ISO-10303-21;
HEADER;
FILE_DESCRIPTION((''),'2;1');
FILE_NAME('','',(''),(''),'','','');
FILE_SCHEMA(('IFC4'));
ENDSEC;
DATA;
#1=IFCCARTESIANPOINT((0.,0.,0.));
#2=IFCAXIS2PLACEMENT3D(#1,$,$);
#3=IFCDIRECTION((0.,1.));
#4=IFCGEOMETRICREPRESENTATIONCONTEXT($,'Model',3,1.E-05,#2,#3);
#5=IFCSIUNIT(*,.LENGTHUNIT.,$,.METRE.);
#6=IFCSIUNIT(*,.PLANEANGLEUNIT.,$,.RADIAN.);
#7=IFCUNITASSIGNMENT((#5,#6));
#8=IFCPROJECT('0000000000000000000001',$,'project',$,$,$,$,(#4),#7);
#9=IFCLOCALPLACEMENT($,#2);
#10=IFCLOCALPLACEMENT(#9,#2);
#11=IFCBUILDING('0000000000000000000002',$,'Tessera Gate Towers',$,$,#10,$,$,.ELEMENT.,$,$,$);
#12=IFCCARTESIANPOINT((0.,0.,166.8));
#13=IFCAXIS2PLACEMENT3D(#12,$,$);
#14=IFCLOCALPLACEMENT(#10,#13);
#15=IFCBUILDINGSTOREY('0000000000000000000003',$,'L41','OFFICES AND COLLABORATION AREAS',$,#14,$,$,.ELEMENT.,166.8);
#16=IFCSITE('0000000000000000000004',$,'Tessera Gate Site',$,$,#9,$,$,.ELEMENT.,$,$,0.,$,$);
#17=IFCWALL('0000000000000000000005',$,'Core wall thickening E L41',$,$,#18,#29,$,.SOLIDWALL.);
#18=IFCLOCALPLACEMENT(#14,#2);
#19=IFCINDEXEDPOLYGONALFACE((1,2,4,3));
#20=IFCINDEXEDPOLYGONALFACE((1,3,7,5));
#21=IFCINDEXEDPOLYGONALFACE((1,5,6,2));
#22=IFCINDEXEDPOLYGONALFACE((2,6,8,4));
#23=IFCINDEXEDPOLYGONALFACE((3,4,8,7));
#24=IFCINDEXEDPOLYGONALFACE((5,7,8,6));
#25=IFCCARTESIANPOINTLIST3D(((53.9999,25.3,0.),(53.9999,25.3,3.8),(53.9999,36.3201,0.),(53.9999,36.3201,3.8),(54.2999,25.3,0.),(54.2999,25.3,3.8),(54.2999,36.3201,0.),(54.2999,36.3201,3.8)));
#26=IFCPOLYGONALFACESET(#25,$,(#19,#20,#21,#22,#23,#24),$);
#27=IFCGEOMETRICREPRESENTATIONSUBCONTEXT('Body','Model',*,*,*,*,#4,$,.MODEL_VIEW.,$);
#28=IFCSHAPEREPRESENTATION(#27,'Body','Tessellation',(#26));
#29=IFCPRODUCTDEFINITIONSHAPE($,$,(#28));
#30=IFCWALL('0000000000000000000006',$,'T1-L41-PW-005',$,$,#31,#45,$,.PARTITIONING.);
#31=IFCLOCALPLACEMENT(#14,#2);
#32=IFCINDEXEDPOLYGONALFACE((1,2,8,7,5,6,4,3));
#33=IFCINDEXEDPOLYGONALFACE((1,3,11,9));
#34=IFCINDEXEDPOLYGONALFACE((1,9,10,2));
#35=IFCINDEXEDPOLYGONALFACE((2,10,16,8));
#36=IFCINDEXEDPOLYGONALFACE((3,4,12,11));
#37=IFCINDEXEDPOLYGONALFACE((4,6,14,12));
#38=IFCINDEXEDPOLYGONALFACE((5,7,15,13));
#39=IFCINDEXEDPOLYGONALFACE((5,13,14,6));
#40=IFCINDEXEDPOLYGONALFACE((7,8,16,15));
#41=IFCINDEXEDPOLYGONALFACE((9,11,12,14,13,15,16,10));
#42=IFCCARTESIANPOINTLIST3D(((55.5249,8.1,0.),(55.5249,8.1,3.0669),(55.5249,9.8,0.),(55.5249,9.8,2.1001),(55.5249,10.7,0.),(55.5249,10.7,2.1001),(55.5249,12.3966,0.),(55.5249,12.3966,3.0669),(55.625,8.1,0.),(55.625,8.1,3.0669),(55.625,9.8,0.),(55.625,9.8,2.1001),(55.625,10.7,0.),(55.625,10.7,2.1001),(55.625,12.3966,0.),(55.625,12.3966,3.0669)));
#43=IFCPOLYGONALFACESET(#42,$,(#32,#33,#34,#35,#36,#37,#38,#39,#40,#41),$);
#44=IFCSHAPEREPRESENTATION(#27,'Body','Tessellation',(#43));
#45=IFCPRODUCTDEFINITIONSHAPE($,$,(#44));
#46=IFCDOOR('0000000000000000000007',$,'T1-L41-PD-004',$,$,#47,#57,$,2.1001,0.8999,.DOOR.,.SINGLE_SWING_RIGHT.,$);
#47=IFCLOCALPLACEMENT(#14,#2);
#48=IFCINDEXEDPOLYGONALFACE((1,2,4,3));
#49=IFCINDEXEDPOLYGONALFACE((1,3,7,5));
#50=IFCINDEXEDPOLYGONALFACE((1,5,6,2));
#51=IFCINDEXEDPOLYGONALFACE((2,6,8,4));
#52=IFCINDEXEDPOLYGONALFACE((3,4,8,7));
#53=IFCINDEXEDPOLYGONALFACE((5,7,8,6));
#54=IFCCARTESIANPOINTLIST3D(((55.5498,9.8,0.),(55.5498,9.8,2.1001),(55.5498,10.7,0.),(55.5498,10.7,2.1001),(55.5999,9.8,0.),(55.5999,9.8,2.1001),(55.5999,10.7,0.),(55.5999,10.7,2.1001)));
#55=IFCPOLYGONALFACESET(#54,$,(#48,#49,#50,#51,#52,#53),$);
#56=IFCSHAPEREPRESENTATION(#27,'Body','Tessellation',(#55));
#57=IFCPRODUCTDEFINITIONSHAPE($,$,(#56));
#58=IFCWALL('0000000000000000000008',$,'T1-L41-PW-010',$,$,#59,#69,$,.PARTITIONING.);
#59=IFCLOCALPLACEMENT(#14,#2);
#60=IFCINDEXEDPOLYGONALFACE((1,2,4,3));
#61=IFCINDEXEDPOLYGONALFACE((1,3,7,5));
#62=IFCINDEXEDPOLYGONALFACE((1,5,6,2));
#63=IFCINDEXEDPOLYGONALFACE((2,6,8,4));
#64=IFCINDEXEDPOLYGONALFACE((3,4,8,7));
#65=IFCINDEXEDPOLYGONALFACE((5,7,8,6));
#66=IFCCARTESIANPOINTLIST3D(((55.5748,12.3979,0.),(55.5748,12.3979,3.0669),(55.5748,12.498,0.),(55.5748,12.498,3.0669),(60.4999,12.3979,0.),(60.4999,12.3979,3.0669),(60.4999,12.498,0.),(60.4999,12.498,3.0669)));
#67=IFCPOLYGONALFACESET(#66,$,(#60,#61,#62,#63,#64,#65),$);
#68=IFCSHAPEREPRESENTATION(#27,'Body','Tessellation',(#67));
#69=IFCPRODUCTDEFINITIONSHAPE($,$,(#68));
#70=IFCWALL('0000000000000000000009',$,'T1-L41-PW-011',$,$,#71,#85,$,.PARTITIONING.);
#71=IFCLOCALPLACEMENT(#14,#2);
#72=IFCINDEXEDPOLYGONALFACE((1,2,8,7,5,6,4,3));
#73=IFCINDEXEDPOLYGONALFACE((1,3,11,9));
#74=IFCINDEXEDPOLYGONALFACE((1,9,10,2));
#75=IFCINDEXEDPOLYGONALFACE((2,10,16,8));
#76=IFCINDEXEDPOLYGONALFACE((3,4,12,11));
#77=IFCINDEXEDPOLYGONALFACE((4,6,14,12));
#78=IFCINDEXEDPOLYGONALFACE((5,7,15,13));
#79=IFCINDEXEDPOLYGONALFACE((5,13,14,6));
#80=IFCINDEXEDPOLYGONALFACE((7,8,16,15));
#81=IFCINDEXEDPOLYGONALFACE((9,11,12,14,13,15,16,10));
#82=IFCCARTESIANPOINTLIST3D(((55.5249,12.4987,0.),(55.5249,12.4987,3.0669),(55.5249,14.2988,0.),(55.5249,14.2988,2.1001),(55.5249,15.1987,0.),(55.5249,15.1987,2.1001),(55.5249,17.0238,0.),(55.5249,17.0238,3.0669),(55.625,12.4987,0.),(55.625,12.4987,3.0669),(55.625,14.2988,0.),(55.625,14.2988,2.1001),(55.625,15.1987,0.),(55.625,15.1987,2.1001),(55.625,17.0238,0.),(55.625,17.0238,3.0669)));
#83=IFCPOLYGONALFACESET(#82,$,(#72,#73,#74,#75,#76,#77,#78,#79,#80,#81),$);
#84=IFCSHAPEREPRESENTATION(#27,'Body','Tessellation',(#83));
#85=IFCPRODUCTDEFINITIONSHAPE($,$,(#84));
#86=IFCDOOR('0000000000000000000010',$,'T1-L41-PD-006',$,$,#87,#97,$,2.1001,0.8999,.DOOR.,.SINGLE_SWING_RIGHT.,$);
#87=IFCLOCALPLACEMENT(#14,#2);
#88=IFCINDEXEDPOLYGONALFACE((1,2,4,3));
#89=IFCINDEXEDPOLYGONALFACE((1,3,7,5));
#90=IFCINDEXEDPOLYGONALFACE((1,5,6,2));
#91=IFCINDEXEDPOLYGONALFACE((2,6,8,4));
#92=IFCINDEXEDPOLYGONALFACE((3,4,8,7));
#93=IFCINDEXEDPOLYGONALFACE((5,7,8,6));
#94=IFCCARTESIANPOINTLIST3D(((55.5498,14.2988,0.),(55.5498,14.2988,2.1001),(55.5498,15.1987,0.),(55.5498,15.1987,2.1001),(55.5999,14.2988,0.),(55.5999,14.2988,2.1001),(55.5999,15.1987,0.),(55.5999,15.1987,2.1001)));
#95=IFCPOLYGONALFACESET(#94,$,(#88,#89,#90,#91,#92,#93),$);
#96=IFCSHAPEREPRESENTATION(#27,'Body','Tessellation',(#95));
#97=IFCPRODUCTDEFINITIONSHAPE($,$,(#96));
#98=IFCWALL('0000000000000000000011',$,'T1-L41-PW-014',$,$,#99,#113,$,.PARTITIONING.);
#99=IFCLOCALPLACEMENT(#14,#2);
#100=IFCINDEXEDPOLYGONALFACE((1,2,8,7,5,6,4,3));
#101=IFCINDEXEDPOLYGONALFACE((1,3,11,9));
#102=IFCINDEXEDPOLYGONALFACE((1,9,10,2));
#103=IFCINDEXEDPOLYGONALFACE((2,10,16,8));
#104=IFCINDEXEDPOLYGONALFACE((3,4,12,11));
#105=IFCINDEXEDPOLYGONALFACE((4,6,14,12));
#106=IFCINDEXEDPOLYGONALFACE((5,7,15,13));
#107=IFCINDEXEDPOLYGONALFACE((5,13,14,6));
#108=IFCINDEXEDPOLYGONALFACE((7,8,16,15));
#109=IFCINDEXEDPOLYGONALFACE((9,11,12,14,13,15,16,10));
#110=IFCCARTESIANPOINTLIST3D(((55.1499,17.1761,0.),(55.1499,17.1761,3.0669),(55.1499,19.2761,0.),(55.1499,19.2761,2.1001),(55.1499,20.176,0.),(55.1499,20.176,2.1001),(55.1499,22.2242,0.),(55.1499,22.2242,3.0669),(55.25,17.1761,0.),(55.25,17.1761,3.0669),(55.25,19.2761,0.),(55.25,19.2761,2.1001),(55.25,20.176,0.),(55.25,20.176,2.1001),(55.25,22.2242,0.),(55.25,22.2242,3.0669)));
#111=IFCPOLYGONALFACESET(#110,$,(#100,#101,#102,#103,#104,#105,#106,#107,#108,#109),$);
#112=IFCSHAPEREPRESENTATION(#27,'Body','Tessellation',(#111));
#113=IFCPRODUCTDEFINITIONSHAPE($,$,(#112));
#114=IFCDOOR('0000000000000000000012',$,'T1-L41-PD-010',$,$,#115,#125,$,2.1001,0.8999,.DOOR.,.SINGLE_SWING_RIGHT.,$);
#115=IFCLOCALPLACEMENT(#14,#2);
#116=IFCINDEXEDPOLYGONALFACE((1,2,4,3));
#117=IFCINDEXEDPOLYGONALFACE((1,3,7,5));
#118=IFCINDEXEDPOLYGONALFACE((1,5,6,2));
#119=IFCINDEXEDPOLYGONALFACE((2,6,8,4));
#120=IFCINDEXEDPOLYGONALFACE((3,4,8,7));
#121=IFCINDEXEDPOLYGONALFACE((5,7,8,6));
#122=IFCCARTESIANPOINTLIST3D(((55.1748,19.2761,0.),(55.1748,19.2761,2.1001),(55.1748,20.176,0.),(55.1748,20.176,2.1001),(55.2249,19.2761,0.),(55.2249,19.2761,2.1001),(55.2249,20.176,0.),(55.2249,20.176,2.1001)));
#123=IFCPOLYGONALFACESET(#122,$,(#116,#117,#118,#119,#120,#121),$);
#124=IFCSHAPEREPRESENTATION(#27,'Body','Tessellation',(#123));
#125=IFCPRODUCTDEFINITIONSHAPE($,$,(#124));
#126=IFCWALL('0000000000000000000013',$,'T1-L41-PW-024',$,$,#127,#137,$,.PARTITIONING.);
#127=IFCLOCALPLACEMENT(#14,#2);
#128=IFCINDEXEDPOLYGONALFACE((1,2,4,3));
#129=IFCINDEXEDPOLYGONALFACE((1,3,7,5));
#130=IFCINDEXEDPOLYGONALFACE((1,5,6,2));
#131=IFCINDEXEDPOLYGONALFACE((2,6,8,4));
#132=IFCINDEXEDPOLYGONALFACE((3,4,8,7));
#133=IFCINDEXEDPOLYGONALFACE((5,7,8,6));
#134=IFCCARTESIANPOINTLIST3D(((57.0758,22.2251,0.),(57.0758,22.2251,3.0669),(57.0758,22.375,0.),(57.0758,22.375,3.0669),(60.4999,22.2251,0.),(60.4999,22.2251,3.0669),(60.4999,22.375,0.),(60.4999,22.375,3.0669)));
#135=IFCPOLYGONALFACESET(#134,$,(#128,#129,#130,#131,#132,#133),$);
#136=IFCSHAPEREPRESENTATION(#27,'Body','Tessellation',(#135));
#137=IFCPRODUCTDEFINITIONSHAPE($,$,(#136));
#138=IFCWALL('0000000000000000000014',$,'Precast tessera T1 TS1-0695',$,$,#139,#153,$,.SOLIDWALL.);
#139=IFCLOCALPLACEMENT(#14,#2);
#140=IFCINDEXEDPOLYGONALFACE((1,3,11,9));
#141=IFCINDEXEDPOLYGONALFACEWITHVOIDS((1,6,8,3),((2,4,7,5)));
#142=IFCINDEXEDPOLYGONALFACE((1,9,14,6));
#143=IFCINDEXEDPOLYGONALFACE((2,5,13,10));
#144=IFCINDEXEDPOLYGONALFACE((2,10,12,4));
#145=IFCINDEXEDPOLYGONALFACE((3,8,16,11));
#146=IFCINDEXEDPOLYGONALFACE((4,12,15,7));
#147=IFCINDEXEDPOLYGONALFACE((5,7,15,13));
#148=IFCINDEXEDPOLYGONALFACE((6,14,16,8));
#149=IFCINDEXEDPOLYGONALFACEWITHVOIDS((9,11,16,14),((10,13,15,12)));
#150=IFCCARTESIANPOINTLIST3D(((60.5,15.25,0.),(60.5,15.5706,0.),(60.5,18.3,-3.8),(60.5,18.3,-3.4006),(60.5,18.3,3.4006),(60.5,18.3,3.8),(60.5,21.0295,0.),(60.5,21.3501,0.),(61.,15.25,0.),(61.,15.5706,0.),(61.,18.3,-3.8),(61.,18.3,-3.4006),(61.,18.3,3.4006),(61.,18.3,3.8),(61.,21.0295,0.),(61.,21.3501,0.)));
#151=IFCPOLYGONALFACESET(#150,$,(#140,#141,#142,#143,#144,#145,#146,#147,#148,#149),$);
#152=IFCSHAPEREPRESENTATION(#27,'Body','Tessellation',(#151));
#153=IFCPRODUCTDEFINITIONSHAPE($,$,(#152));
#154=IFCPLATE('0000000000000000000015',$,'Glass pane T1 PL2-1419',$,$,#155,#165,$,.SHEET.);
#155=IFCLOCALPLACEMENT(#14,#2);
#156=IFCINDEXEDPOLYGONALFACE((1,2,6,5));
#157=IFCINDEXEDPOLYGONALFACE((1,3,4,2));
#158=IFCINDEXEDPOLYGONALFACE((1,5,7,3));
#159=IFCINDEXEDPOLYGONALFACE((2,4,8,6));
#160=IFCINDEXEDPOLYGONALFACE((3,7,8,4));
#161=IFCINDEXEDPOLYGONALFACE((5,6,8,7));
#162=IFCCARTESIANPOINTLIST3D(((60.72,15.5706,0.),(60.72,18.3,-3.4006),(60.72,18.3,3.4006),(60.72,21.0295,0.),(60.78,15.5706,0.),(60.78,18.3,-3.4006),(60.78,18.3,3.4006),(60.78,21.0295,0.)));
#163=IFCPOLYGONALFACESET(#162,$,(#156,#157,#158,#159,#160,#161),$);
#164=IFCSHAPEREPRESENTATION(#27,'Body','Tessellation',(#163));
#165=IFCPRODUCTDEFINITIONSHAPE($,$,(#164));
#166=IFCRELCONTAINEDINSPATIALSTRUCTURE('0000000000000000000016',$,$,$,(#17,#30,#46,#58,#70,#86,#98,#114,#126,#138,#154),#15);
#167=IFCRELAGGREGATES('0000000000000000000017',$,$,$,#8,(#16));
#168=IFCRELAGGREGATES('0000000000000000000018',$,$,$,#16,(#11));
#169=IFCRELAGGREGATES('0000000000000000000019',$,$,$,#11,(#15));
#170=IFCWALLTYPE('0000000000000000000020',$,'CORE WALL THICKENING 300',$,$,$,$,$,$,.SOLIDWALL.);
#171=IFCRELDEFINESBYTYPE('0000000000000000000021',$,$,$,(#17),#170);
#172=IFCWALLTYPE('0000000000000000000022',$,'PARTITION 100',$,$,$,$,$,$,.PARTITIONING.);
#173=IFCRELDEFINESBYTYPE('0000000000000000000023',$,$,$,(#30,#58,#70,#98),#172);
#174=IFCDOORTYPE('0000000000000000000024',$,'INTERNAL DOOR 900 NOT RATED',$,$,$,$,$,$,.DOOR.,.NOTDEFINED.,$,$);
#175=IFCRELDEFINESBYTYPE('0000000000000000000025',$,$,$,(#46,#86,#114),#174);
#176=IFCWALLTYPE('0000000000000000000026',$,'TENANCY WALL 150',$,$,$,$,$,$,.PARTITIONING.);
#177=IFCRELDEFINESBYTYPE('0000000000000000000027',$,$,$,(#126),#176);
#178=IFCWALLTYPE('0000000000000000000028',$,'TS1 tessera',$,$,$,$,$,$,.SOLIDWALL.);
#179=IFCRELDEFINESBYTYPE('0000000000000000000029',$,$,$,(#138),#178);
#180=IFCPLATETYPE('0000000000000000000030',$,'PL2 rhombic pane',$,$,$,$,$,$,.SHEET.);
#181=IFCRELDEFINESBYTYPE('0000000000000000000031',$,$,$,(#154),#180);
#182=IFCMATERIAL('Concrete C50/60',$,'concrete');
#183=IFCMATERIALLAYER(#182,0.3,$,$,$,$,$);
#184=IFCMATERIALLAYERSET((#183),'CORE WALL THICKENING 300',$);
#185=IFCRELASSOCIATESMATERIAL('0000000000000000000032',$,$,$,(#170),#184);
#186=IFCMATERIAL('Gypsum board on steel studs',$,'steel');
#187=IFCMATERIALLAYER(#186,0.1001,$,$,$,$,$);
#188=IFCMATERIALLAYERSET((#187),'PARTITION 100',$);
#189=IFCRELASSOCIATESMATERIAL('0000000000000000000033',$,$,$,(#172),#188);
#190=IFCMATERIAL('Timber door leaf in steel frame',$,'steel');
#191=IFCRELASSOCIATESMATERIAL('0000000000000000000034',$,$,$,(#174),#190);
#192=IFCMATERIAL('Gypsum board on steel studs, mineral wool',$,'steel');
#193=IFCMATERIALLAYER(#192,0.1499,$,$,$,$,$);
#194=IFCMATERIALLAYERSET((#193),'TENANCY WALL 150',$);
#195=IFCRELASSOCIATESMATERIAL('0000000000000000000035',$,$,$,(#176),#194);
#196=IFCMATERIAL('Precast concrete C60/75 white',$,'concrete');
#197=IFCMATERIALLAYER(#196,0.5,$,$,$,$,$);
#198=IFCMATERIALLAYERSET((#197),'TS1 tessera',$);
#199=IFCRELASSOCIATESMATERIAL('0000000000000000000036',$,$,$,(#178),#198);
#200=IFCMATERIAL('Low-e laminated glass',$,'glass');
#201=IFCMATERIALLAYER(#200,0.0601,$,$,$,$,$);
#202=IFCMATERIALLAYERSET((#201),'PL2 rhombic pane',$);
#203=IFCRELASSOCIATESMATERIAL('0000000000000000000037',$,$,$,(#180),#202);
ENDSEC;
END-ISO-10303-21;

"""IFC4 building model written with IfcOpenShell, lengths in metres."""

from ifc_helpers import new_model, si_unit, direction, frame, frame_2d, origin, place, context, subcontext, project, spatial, polyline, rectangle, outline, extrude, source, transform, mapped, material, layer, layer_set, type_object, element, fill, save


model = new_model("IFC4")

# Units and contexts
model_context = context("Model", 3, precision=1e-05, world=origin(), true_north=direction((0.0, 1.0)))
body_context = subcontext(model_context, "Body", "Model", "MODEL_VIEW")
ifc_project = project(units=[si_unit("LENGTHUNIT", "METRE"), si_unit("PLANEANGLEUNIT", "RADIAN")], contexts=[model_context])

# Site, building, storey
site_placement = place(None, origin())
site = spatial("IfcSite", under=ifc_project, at=site_placement, Name="Tessera Gate Site", CompositionType="ELEMENT", RefElevation=0.0)
building_placement = place(site_placement, origin())
building = spatial("IfcBuilding", under=site, at=building_placement, Name="Tessera Gate Towers", CompositionType="ELEMENT")
storey_placement = place(building_placement, frame((0.0, 0.0, 166.8)))
storey = spatial("IfcBuildingStorey", under=building, at=storey_placement, Name="L41", Description="OFFICES AND COLLABORATION AREAS", CompositionType="ELEMENT", Elevation=166.8)

# Wall
ifc_material_1 = material(Name="Concrete C50/60", Category="concrete")
ifc_layer_1 = layer(ifc_material_1, 0.3)
ifc_layer_set_1 = layer_set([ifc_layer_1], Name="CORE WALL THICKENING 300")
wall_type_1 = type_object("IfcWallType", Name="CORE WALL THICKENING 300", PredefinedType="SOLIDWALL", material=ifc_layer_set_1)
wall_1_placement = place(storey_placement, frame((54.1499, 25.3, 0.0), z_axis=(0.0, 0.0, 1.0), x_axis=(0.0, 1.0, 0.0)))
element("IfcWall", 1, at=wall_1_placement, inside=storey, type_object=wall_type_1, Name="Core wall thickening E L41", PredefinedType="SOLIDWALL", context=body_context, shape_type="SweptSolid", body=[
    extrude(rectangle(XDim=11.02, YDim=0.3, at=frame_2d((5.51, 0.0))), origin(), (0.0, 0.0, 1.0), 3.8),
])

# Wall, opening, door
ifc_material_2 = material(Name="Gypsum board on steel studs", Category="steel")
ifc_layer_2 = layer(ifc_material_2, 0.1001)
ifc_layer_set_2 = layer_set([ifc_layer_2], Name="PARTITION 100")
wall_type_2 = type_object("IfcWallType", Name="PARTITION 100", PredefinedType="PARTITIONING", material=ifc_layer_set_2)
wall_2_placement = place(storey_placement, frame((55.575, 12.3967, 0.0), z_axis=(0.0, 0.0, 1.0), x_axis=(0.0, -1.0, 0.0)))
wall_2 = element("IfcWall", 2, at=wall_2_placement, inside=storey, type_object=wall_type_2, Name="T1-L41-PW-005", PredefinedType="PARTITIONING", context=body_context, shape_type="SweptSolid", body=[
    extrude(rectangle(XDim=4.2966, YDim=0.1001, at=frame_2d((2.1484, 0.0))), origin(), (0.0, 0.0, 1.0), 3.0669),
])
shared_shape_1 = source(origin(), body_context, "Body", "SweptSolid", [
    extrude(rectangle(XDim=0.8999, YDim=2.1001, at=frame_2d((0.45, 1.05))), frame((0.0, 0.0601, 0.0), z_axis=(0.0, -1.0, 0.0), x_axis=(1.0, 0.0, 0.0)), (0.0, 0.0, 1.0), 0.1201),
])
opening_1_placement = place(wall_2_placement, frame((1.6968, 0.0, 0.0)))
opening_1 = element("IfcOpeningElement", 3, at=opening_1_placement, cuts=wall_2, PredefinedType="OPENING", context=body_context, shape_type="MappedRepresentation", body=[
    mapped(shared_shape_1, transform((0.0, 0.0, 0.0), scale=1.0)),
])
ifc_material_3 = material(Name="Timber door leaf in steel frame", Category="steel")
door_type_1 = type_object("IfcDoorType", Name="INTERNAL DOOR 900 NOT RATED", OperationType="NOTDEFINED", PredefinedType="DOOR", material=ifc_material_3)
shared_shape_2 = source(origin(), body_context, "Body", "SweptSolid", [
    extrude(rectangle(XDim=0.8999, YDim=2.1001, at=frame_2d((0.45, 1.05))), frame((0.0, 0.0249, 0.0), z_axis=(0.0, -1.0, 0.0), x_axis=(1.0, 0.0, 0.0)), (0.0, 0.0, 1.0), 0.05),
])
door_1_placement = place(opening_1_placement, origin())
door_1 = element("IfcDoor", 4, at=door_1_placement, inside=storey, type_object=door_type_1, Name="T1-L41-PD-004", OperationType="SINGLE_SWING_RIGHT", OverallHeight=2.1001, OverallWidth=0.8999, PredefinedType="DOOR", context=body_context, shape_type="MappedRepresentation", body=[
    mapped(shared_shape_2, transform((0.0, 0.0, 0.0), scale=1.0)),
])
fill(opening_1, door_1)

# Wall
wall_3_placement = place(storey_placement, frame((55.575, 12.448, 0.0), z_axis=(0.0, 0.0, 1.0), x_axis=(1.0, 0.0, 0.0)))
element("IfcWall", 5, at=wall_3_placement, inside=storey, type_object=wall_type_2, Name="T1-L41-PW-010", PredefinedType="PARTITIONING", context=body_context, shape_type="SweptSolid", body=[
    extrude(rectangle(XDim=4.925, YDim=0.1001, at=frame_2d((2.4624, 0.0))), origin(), (0.0, 0.0, 1.0), 3.0669),
])

# Walls, openings, doors
wall_4_placement = place(storey_placement, frame((55.575, 17.0239, 0.0), z_axis=(0.0, 0.0, 1.0), x_axis=(0.0, -1.0, 0.0)))
wall_4 = element("IfcWall", 6, at=wall_4_placement, inside=storey, type_object=wall_type_2, Name="T1-L41-PW-011", PredefinedType="PARTITIONING", context=body_context, shape_type="SweptSolid", body=[
    extrude(rectangle(XDim=4.5251, YDim=0.1001, at=frame_2d((2.2627, 0.0))), origin(), (0.0, 0.0, 1.0), 3.0669),
])
opening_2_placement = place(wall_4_placement, frame((1.8252, 0.0, 0.0)))
opening_2 = element("IfcOpeningElement", 7, at=opening_2_placement, cuts=wall_4, PredefinedType="OPENING", context=body_context, shape_type="MappedRepresentation", body=[
    mapped(shared_shape_1, transform((0.0, 0.0, 0.0), scale=1.0)),
])
door_2_placement = place(opening_2_placement, origin())
door_2 = element("IfcDoor", 8, at=door_2_placement, inside=storey, type_object=door_type_1, Name="T1-L41-PD-006", OperationType="SINGLE_SWING_RIGHT", OverallHeight=2.1001, OverallWidth=0.8999, PredefinedType="DOOR", context=body_context, shape_type="MappedRepresentation", body=[
    mapped(shared_shape_2, transform((0.0, 0.0, 0.0), scale=1.0)),
])
fill(opening_2, door_2)
wall_5_placement = place(storey_placement, frame((55.2, 22.2241, 0.0), z_axis=(0.0, 0.0, 1.0), x_axis=(0.0, -1.0, 0.0)))
wall_5 = element("IfcWall", 9, at=wall_5_placement, inside=storey, type_object=wall_type_2, Name="T1-L41-PW-014", PredefinedType="PARTITIONING", context=body_context, shape_type="SweptSolid", body=[
    extrude(rectangle(XDim=5.0481, YDim=0.1001, at=frame_2d((2.5239, 0.0))), origin(), (0.0, 0.0, 1.0), 3.0669),
])
opening_3_placement = place(wall_5_placement, frame((2.0481, 0.0, 0.0)))
opening_3 = element("IfcOpeningElement", 10, at=opening_3_placement, cuts=wall_5, PredefinedType="OPENING", context=body_context, shape_type="MappedRepresentation", body=[
    mapped(shared_shape_1, transform((0.0, 0.0, 0.0), scale=1.0)),
])
door_3_placement = place(opening_3_placement, origin())
door_3 = element("IfcDoor", 11, at=door_3_placement, inside=storey, type_object=door_type_1, Name="T1-L41-PD-010", OperationType="SINGLE_SWING_RIGHT", OverallHeight=2.1001, OverallWidth=0.8999, PredefinedType="DOOR", context=body_context, shape_type="MappedRepresentation", body=[
    mapped(shared_shape_2, transform((0.0, 0.0, 0.0), scale=1.0)),
])
fill(opening_3, door_3)

# Wall
ifc_material_4 = material(Name="Gypsum board on steel studs, mineral wool", Category="steel")
ifc_layer_3 = layer(ifc_material_4, 0.1499)
ifc_layer_set_3 = layer_set([ifc_layer_3], Name="TENANCY WALL 150")
wall_type_3 = type_object("IfcWallType", Name="TENANCY WALL 150", PredefinedType="PARTITIONING", material=ifc_layer_set_3)
wall_6_placement = place(storey_placement, frame((57.0759, 22.3, 0.0), z_axis=(0.0, 0.0, 1.0), x_axis=(1.0, 0.0, 0.0)))
element("IfcWall", 12, at=wall_6_placement, inside=storey, type_object=wall_type_3, Name="T1-L41-PW-024", PredefinedType="PARTITIONING", context=body_context, shape_type="SweptSolid", body=[
    extrude(rectangle(XDim=3.4241, YDim=0.1499, at=frame_2d((1.7119, 0.0))), origin(), (0.0, 0.0, 1.0), 3.0669),
])

# Wall, opening, plate
ifc_material_5 = material(Name="Precast concrete C60/75 white", Category="concrete")
ifc_layer_4 = layer(ifc_material_5, 0.5)
ifc_layer_set_4 = layer_set([ifc_layer_4], Name="TS1 tessera")
wall_type_4 = type_object("IfcWallType", Name="TS1 tessera", PredefinedType="SOLIDWALL", material=ifc_layer_set_4)
shared_shape_3 = source(origin(), body_context, "Body", "SweptSolid", [
    extrude(outline(polyline([(3.05, 0.0), (6.1001, 3.8), (3.05, 7.6001), (0.0, 3.8), (3.05, 0.0)])), frame((0.0, 0.25, 0.0), z_axis=(0.0, -1.0, 0.0), x_axis=(1.0, 0.0, 0.0)), (0.0, 0.0, 1.0), 0.5),
])
wall_7_placement = place(storey_placement, frame((60.75, 15.25, -3.8), z_axis=(0.0, 0.0, 1.0), x_axis=(0.0, 1.0, 0.0)))
wall_7 = element("IfcWall", 13, at=wall_7_placement, inside=storey, type_object=wall_type_4, Name="Precast tessera T1 TS1-0695", PredefinedType="SOLIDWALL", context=body_context, shape_type="MappedRepresentation", body=[
    mapped(shared_shape_3, transform((0.0, 0.0, 0.0), scale=1.0)),
])
shared_shape_4 = source(origin(), body_context, "Body", "SweptSolid", [
    extrude(outline(polyline([(3.05, 0.3994), (5.7795, 3.8), (3.05, 7.2007), (0.3206, 3.8), (3.05, 0.3994)])), frame((0.0, 0.26, 0.0), z_axis=(0.0, -1.0, 0.0), x_axis=(1.0, 0.0, 0.0)), (0.0, 0.0, 1.0), 0.52),
])
opening_4_placement = place(wall_7_placement, origin())
opening_4 = element("IfcOpeningElement", 14, at=opening_4_placement, cuts=wall_7, PredefinedType="OPENING", context=body_context, shape_type="MappedRepresentation", body=[
    mapped(shared_shape_4, transform((0.0, 0.0, 0.0), scale=1.0)),
])
ifc_material_6 = material(Name="Low-e laminated glass", Category="glass")
ifc_layer_5 = layer(ifc_material_6, 0.0601)
ifc_layer_set_5 = layer_set([ifc_layer_5], Name="PL2 rhombic pane")
plate_type = type_object("IfcPlateType", Name="PL2 rhombic pane", PredefinedType="SHEET", material=ifc_layer_set_5)
shared_shape_5 = source(origin(), body_context, "Body", "SweptSolid", [
    extrude(outline(polyline([(3.05, 0.3994), (5.7795, 3.8), (3.05, 7.2007), (0.3206, 3.8), (3.05, 0.3994)])), frame((0.0, 0.03, 0.0), z_axis=(0.0, -1.0, 0.0), x_axis=(1.0, 0.0, 0.0)), (0.0, 0.0, 1.0), 0.0601),
])
plate_1_placement = place(opening_4_placement, origin())
plate_1 = element("IfcPlate", 15, at=plate_1_placement, inside=storey, type_object=plate_type, Name="Glass pane T1 PL2-1419", PredefinedType="SHEET", context=body_context, shape_type="MappedRepresentation", body=[
    mapped(shared_shape_5, transform((0.0, 0.0, 0.0), scale=1.0)),
])
fill(opening_4, plate_1)

save(model, "model.ifc")
